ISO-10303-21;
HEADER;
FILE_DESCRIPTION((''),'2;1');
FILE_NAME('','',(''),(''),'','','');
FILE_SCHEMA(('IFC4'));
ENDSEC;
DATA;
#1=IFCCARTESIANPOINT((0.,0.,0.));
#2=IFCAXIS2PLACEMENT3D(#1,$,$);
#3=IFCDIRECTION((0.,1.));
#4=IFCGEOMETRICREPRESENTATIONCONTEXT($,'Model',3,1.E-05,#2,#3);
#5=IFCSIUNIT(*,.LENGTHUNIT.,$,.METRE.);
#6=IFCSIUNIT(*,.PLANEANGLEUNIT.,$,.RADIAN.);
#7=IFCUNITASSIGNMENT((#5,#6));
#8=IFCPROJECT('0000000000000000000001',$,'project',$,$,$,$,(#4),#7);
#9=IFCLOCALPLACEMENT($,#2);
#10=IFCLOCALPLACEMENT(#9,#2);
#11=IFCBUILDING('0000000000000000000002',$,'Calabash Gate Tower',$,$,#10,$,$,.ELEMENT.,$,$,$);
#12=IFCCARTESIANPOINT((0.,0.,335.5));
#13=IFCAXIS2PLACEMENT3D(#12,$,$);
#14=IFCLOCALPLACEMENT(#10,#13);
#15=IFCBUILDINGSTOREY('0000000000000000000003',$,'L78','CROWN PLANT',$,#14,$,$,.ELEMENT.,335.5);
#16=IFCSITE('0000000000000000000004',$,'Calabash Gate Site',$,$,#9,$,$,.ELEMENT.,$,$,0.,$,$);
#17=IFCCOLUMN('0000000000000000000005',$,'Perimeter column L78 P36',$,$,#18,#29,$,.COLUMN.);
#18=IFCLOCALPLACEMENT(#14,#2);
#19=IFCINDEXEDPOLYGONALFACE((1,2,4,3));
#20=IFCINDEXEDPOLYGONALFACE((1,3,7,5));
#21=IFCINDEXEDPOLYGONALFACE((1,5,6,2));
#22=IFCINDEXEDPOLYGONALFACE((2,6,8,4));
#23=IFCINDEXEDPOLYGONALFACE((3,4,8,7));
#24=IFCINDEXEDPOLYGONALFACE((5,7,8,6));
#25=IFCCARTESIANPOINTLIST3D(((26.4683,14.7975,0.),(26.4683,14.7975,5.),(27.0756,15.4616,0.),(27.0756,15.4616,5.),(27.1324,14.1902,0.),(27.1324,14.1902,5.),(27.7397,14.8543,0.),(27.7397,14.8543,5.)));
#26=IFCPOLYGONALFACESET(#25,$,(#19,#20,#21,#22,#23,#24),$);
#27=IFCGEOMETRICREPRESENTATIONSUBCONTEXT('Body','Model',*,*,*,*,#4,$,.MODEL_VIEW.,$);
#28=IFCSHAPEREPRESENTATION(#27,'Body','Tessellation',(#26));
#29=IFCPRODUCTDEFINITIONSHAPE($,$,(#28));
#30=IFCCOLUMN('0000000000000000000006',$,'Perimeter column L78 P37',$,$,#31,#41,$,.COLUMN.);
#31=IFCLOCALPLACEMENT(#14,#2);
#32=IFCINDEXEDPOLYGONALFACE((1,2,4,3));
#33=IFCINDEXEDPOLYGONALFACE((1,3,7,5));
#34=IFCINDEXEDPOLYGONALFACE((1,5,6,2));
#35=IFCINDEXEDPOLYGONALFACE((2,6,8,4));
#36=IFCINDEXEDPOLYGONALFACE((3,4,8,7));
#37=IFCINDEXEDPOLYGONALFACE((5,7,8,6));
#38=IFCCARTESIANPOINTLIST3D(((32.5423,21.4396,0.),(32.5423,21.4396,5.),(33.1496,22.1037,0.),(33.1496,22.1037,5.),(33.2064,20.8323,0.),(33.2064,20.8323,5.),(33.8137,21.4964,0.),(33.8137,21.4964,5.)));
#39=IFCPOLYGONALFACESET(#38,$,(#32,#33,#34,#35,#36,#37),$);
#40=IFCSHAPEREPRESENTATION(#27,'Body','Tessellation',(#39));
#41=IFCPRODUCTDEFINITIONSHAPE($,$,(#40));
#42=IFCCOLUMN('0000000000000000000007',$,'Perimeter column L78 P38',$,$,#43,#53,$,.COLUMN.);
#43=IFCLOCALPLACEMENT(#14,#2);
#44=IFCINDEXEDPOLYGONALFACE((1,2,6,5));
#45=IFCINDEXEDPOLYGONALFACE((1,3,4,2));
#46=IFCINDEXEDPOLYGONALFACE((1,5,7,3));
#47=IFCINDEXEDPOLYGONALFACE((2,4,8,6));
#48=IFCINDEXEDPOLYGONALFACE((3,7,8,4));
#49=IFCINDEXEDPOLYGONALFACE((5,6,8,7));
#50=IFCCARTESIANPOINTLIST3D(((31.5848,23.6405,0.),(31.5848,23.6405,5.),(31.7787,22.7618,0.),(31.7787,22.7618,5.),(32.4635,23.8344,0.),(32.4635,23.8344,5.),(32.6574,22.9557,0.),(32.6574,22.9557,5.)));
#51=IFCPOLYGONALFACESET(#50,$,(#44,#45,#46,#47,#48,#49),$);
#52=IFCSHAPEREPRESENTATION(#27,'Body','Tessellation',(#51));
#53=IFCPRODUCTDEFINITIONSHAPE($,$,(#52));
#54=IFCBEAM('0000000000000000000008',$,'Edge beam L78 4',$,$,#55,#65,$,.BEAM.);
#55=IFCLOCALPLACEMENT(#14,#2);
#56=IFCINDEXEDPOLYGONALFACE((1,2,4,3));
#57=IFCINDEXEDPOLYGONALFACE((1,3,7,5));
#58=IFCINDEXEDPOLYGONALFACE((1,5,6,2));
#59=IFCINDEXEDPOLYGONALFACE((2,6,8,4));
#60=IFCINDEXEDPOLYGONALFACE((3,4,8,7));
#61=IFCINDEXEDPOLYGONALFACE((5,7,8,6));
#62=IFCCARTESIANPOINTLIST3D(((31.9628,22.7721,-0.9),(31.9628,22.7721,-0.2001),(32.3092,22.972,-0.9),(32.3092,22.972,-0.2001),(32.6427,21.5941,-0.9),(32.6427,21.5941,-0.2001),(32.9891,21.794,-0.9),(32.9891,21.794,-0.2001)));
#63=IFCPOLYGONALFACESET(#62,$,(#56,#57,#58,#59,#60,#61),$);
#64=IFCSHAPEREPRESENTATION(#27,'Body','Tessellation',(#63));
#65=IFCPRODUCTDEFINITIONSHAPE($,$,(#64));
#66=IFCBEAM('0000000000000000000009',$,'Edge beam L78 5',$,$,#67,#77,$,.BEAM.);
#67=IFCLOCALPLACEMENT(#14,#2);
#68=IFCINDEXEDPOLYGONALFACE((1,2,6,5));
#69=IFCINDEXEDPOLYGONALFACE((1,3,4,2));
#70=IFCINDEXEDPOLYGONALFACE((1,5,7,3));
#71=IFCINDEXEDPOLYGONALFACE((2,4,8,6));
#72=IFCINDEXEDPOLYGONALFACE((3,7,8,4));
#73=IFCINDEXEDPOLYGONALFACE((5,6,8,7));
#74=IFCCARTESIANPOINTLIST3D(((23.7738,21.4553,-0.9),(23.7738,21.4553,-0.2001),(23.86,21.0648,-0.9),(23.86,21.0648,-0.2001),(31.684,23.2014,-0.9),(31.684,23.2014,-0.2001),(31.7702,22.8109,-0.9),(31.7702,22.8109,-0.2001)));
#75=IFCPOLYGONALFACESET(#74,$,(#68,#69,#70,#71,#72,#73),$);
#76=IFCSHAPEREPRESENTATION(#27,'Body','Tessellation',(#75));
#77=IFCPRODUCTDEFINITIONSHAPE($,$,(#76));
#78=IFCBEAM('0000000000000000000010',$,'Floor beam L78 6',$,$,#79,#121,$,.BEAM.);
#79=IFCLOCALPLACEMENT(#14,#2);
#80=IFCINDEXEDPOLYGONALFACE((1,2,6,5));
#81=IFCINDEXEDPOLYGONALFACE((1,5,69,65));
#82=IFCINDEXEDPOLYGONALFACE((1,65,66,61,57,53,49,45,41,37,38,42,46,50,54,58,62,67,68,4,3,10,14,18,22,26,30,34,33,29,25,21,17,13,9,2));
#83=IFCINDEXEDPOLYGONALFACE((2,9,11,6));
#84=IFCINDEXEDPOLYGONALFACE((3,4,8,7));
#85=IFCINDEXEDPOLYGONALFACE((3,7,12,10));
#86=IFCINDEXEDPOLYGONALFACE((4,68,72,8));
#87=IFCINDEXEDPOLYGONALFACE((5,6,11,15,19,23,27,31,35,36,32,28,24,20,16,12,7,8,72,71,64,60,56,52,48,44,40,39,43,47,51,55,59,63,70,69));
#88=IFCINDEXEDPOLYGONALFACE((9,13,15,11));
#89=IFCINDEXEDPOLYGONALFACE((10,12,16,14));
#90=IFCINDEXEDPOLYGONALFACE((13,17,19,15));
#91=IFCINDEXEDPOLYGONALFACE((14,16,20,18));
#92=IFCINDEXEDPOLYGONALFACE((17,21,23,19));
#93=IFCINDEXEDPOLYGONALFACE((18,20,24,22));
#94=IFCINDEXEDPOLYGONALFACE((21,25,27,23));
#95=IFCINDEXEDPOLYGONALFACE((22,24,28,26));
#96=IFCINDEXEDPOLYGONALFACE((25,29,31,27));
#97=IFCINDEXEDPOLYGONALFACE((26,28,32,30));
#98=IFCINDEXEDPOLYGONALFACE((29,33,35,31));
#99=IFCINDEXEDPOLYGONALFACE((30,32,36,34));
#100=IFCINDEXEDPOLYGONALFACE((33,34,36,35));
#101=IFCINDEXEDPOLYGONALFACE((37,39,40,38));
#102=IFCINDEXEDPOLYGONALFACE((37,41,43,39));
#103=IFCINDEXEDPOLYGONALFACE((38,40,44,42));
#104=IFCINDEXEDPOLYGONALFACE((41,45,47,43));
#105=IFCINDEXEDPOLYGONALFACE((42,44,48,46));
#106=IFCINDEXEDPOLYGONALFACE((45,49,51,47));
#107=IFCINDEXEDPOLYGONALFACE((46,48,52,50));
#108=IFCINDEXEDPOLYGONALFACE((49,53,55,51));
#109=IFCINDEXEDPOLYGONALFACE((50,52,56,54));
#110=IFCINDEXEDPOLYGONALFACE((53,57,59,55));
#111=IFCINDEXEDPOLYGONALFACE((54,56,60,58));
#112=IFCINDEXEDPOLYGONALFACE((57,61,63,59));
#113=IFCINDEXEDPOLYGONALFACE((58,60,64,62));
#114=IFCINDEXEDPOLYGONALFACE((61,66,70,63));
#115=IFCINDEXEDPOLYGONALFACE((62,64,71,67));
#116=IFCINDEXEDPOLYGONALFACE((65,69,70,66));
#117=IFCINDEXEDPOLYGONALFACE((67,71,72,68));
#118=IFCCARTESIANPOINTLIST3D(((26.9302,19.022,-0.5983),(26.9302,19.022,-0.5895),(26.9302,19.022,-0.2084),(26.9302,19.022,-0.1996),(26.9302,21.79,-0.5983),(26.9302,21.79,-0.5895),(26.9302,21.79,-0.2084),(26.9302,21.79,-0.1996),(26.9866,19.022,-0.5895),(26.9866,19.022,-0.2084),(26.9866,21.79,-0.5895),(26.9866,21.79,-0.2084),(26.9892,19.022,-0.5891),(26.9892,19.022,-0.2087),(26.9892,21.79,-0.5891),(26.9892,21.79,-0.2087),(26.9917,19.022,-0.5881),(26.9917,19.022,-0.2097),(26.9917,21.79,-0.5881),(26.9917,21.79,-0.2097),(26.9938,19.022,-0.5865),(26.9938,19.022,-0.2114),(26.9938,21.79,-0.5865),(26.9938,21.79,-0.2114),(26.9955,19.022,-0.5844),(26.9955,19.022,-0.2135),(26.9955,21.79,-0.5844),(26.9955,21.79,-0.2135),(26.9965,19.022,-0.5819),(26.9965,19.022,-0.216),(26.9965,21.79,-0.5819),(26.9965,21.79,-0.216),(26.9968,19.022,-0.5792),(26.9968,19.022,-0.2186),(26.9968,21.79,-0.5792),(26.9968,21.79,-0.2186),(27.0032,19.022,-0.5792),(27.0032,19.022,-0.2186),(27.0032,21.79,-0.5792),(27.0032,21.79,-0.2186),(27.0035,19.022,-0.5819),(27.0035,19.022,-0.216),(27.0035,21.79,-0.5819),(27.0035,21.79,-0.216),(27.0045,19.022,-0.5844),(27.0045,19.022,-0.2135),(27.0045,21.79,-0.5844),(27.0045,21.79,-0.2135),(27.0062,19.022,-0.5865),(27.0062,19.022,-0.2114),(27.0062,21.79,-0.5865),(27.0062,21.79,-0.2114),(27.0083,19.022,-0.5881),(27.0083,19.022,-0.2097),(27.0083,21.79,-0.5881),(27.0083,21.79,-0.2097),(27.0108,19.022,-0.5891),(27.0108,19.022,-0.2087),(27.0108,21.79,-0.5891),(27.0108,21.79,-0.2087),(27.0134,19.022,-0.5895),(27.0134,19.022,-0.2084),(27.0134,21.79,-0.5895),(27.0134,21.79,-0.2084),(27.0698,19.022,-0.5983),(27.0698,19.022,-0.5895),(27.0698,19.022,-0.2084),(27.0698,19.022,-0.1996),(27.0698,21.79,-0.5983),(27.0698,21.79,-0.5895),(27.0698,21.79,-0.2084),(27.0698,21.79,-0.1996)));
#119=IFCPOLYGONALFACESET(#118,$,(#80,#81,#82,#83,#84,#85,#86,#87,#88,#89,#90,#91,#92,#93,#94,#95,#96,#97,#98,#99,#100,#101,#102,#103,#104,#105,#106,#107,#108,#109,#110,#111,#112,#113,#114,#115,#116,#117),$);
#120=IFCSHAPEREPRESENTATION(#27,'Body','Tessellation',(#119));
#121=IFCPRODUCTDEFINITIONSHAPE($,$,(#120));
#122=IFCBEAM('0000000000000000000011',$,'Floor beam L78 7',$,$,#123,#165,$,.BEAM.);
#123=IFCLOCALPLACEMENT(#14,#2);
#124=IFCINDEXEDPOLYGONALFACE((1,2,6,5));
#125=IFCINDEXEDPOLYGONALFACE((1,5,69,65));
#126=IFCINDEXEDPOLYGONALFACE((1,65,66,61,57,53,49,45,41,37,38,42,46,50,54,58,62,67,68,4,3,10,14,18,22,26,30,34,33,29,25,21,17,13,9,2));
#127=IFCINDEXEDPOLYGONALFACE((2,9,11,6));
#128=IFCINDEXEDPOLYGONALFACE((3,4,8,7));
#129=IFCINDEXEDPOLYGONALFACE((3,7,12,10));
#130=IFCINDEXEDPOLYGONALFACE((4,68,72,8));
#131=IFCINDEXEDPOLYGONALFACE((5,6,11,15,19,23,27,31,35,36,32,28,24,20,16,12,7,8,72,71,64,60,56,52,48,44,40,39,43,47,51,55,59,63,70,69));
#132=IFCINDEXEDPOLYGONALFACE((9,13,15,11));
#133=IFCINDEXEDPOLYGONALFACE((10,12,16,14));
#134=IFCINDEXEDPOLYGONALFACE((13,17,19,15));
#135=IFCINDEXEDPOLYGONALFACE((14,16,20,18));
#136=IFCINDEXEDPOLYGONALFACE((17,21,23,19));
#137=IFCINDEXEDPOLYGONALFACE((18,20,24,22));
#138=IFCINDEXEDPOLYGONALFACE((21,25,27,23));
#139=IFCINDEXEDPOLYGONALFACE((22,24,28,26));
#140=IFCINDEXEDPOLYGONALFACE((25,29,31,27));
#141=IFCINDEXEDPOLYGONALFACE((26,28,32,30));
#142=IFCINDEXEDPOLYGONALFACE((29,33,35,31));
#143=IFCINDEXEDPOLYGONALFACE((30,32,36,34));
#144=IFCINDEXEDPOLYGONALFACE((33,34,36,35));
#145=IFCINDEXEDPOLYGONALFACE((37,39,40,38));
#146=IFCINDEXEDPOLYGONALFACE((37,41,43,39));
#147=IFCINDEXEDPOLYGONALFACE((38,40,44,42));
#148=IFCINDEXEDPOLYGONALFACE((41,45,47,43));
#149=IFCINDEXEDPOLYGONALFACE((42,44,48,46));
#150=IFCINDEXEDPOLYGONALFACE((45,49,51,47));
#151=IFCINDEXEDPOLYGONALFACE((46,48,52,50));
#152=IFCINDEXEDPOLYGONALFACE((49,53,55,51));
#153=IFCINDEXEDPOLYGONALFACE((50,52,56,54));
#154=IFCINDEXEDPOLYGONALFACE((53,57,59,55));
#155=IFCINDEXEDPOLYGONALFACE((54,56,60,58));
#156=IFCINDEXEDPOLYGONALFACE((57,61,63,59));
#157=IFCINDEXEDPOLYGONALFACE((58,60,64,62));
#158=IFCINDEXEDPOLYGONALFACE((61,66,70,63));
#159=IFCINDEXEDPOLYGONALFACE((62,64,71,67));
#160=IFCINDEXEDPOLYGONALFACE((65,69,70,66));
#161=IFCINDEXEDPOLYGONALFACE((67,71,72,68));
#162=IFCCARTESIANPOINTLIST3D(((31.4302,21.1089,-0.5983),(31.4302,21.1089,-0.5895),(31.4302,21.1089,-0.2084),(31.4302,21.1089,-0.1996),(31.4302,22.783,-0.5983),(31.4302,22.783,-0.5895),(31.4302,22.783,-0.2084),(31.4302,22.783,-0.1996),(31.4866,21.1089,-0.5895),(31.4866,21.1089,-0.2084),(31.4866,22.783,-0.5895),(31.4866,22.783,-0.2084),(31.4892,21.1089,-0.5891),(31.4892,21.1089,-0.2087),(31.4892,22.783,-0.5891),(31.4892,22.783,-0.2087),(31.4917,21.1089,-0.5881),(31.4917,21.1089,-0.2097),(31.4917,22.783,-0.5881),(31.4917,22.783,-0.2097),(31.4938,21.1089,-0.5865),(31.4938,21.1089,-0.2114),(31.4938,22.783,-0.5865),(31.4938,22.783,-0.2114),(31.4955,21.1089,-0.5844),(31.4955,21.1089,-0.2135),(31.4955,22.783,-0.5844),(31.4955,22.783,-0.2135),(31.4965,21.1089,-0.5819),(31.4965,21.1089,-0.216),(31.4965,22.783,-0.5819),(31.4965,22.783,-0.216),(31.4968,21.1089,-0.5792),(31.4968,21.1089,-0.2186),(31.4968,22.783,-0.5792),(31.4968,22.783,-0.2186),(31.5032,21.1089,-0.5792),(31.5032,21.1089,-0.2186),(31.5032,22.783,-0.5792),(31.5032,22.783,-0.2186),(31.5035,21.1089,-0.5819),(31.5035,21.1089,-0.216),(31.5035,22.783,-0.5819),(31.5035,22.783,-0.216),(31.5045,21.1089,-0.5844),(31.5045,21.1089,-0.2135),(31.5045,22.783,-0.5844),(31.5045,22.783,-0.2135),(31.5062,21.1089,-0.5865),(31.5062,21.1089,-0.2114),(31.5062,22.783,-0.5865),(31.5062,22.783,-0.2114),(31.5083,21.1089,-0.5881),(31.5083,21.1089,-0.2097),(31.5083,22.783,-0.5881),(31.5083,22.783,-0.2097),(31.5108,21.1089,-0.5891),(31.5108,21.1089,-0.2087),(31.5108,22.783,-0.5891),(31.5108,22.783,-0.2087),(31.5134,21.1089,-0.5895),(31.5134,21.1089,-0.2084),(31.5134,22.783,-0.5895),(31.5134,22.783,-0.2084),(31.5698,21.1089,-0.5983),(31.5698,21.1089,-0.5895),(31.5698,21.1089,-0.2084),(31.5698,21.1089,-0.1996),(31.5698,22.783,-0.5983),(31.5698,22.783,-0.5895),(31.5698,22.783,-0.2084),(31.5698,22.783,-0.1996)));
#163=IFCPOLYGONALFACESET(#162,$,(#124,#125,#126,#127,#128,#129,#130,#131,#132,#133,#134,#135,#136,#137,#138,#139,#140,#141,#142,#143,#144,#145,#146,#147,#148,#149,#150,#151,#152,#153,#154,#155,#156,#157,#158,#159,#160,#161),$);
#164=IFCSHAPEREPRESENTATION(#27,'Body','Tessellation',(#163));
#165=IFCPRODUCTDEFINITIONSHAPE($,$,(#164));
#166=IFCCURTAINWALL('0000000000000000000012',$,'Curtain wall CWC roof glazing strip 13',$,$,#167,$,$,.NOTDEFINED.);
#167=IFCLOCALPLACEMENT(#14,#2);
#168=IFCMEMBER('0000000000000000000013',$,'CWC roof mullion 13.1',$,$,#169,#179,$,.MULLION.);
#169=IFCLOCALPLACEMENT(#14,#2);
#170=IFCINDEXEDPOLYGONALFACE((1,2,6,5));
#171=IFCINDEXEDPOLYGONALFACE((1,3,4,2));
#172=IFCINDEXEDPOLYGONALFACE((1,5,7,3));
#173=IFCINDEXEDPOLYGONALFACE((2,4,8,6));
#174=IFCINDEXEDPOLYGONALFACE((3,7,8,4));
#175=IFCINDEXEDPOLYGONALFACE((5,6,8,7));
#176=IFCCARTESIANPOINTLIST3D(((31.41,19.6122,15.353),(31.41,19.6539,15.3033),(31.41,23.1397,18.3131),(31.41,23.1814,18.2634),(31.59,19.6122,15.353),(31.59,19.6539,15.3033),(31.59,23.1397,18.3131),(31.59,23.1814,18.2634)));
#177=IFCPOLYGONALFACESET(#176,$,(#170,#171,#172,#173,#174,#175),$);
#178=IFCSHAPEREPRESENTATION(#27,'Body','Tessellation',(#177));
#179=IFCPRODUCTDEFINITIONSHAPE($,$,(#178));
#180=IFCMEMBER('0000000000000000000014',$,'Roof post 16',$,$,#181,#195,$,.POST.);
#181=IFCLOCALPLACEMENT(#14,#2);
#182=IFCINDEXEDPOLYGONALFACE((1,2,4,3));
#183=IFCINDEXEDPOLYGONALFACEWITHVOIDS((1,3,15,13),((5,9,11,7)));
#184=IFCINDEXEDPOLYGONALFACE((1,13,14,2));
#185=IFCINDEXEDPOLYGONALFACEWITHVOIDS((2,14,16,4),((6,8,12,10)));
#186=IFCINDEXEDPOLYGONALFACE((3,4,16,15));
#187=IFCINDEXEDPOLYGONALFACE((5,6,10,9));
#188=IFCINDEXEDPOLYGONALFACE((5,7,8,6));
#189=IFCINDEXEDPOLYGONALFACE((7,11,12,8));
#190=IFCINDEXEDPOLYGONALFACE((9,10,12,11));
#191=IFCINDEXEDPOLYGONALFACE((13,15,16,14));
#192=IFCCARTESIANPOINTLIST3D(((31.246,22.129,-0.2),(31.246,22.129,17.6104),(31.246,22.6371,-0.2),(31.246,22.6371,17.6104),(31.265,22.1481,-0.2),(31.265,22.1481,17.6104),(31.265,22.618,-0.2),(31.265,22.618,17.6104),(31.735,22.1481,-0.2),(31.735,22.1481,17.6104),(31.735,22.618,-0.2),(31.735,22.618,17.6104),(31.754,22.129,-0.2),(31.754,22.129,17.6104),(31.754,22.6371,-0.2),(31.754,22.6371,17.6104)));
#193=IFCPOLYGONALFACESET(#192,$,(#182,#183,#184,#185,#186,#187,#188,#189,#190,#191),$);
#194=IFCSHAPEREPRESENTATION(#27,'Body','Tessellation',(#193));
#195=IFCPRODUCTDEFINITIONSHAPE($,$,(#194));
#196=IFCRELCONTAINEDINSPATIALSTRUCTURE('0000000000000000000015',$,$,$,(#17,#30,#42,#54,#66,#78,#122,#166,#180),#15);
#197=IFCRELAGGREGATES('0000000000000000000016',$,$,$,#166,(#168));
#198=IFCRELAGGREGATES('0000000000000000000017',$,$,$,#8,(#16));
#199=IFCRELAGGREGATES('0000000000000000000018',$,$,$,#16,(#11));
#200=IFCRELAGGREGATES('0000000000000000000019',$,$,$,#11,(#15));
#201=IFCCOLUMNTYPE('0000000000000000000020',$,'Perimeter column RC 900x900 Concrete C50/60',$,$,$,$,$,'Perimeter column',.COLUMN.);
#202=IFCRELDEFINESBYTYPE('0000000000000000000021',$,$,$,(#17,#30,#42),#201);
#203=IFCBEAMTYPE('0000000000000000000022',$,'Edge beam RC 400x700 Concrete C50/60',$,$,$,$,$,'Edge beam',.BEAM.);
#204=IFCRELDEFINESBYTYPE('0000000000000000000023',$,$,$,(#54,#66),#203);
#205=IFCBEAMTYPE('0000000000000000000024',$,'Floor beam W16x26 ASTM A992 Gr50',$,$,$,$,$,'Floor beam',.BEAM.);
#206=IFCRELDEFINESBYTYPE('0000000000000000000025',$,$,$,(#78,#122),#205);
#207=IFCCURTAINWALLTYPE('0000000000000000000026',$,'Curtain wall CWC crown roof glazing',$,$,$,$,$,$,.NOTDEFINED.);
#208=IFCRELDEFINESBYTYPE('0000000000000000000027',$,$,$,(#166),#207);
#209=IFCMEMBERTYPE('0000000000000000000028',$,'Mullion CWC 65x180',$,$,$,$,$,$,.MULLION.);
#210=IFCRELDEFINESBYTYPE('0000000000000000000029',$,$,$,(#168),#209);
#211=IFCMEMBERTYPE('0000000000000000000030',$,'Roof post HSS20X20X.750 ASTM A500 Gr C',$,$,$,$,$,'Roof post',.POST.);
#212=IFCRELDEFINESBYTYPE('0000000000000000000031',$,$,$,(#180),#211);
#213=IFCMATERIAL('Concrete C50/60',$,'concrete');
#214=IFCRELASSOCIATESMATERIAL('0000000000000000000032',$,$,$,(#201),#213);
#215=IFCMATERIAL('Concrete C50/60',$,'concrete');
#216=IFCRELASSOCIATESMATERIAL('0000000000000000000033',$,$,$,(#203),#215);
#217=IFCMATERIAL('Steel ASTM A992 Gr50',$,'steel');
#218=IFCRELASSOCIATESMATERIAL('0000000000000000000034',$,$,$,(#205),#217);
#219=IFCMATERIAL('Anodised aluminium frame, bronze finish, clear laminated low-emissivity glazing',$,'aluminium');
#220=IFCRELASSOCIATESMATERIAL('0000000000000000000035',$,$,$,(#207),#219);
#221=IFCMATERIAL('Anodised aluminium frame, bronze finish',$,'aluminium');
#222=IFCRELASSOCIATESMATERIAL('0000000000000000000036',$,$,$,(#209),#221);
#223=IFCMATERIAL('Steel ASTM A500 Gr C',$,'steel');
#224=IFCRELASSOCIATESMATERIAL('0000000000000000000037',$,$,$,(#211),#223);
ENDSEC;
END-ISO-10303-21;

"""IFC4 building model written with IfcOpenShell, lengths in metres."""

from ifc_helpers import new_model, si_unit, direction, frame, origin, origin_2d, place, context, subcontext, project, spatial, rectangle, hollow_rectangle, i_section, extrude, material, material_profile, profile_set, type_object, element, aggregate, save


model = new_model("IFC4")

# Units and contexts
model_context = context("Model", 3, precision=1e-05, world=origin(), true_north=direction((0.0, 1.0)))
body_context = subcontext(model_context, "Body", "Model", "MODEL_VIEW")
ifc_project = project(units=[si_unit("LENGTHUNIT", "METRE"), si_unit("PLANEANGLEUNIT", "RADIAN")], contexts=[model_context])

# Site, building, storey
site_placement = place(None, origin())
site = spatial("IfcSite", under=ifc_project, at=site_placement, Name="Calabash Gate Site", CompositionType="ELEMENT", RefElevation=0.0)
building_placement = place(site_placement, origin())
building = spatial("IfcBuilding", under=site, at=building_placement, Name="Calabash Gate Tower", CompositionType="ELEMENT")
storey_placement = place(building_placement, frame((0.0, 0.0, 335.5)))
storey = spatial("IfcBuildingStorey", under=building, at=storey_placement, Name="L78", Description="CROWN PLANT", CompositionType="ELEMENT", Elevation=335.5)

# Columns
ifc_material_1 = material(Name="Concrete C50/60", Category="concrete")
ifc_material_profile_1 = material_profile(ifc_material_1, rectangle(XDim=0.8999, YDim=0.8999, at=origin_2d()))
ifc_profile_set_1 = profile_set([ifc_material_profile_1], Name="Concrete C50/60")
column_type = type_object("IfcColumnType", Name="Perimeter column RC 900x900 Concrete C50/60", ElementType="Perimeter column", PredefinedType="COLUMN", material=ifc_profile_set_1)
for number, where, z_axis, x_axis, name in (
    (1, (27.104, 14.8259, 0.0), (0.0, 0.0, 1.0), (0.674856, 0.737949, 0.0), "Perimeter column L78 P36"),
    (2, (33.178, 21.468, 0.0), (0.0, 0.0, 1.0), (0.674856, 0.737949, 0.0), "Perimeter column L78 P37"),
    (3, (32.1211, 23.2981, 0.0), (0.0, 0.0, 1.0), (-0.976511, -0.215468, 0.0), "Perimeter column L78 P38"),
):
    element("IfcColumn", number, at=place(storey_placement, frame(where, z_axis=z_axis, x_axis=x_axis)), inside=storey, type_object=column_type, Name=name, PredefinedType="COLUMN", context=body_context, shape_type="SweptSolid", body=[
        extrude(rectangle(XDim=0.8999, YDim=0.8999, at=origin_2d()), origin(), (0.0, 0.0, 1.0), 5.0),
    ])

# Beams
ifc_material_2 = material(Name="Concrete C50/60", Category="concrete")
ifc_material_profile_2 = material_profile(ifc_material_2, rectangle(XDim=0.3999, YDim=0.7, at=origin_2d()))
ifc_profile_set_2 = profile_set([ifc_material_profile_2], Name="Concrete C50/60")
beam_type_1 = type_object("IfcBeamType", Name="Edge beam RC 400x700 Concrete C50/60", ElementType="Edge beam", PredefinedType="BEAM", material=ifc_profile_set_2)
beam_1_placement = place(storey_placement, frame((32.8159, 21.6941, -0.55), z_axis=(-0.499904, 0.866081, 0.0), x_axis=(-0.866081, -0.499904, 0.0)))
element("IfcBeam", 4, at=beam_1_placement, inside=storey, type_object=beam_type_1, Name="Edge beam L78 4", PredefinedType="BEAM", context=body_context, shape_type="SweptSolid", body=[
    extrude(rectangle(XDim=0.3999, YDim=0.7, at=origin_2d()), origin(), (0.0, 0.0, 1.0), 1.3601),
])
beam_2_placement = place(storey_placement, frame((31.7271, 23.0061, -0.55), z_axis=(-0.976492, -0.215552, 0.0), x_axis=(0.215552, -0.976492, 0.0)))
element("IfcBeam", 5, at=beam_2_placement, inside=storey, type_object=beam_type_1, Name="Edge beam L78 5", PredefinedType="BEAM", context=body_context, shape_type="SweptSolid", body=[
    extrude(rectangle(XDim=0.3999, YDim=0.7, at=origin_2d()), origin(), (0.0, 0.0, 1.0), 8.1006),
])
ifc_material_3 = material(Name="Steel ASTM A992 Gr50", Category="steel")
ifc_material_profile_3 = material_profile(ifc_material_3, i_section(OverallWidth=0.1396, OverallDepth=0.3987, WebThickness=0.0063, FlangeThickness=0.0088, FilletRadius=0.0103, at=origin_2d()))
ifc_profile_set_3 = profile_set([ifc_material_profile_3], Name="Steel ASTM A992 Gr50")
beam_type_2 = type_object("IfcBeamType", Name="Floor beam W16x26 ASTM A992 Gr50", ElementType="Floor beam", PredefinedType="BEAM", material=ifc_profile_set_3)
beam_3_placement = place(storey_placement, frame((27.0, 19.022, -0.3989), z_axis=(0.0, 1.0, 0.0), x_axis=(-1.0, 0.0, 0.0)))
element("IfcBeam", 6, at=beam_3_placement, inside=storey, type_object=beam_type_2, Name="Floor beam L78 6", PredefinedType="BEAM", context=body_context, shape_type="SweptSolid", body=[
    extrude(i_section(OverallWidth=0.1396, OverallDepth=0.3987, WebThickness=0.0063, FlangeThickness=0.0088, FilletRadius=0.0103, at=origin_2d()), origin(), (0.0, 0.0, 1.0), 2.7681),
])
beam_4_placement = place(storey_placement, frame((31.5, 21.1089, -0.3989), z_axis=(0.0, 1.0, 0.0), x_axis=(-1.0, 0.0, 0.0)))
element("IfcBeam", 7, at=beam_4_placement, inside=storey, type_object=beam_type_2, Name="Floor beam L78 7", PredefinedType="BEAM", context=body_context, shape_type="SweptSolid", body=[
    extrude(i_section(OverallWidth=0.1396, OverallDepth=0.3987, WebThickness=0.0063, FlangeThickness=0.0088, FilletRadius=0.0103, at=origin_2d()), origin(), (0.0, 0.0, 1.0), 1.6741),
])

# Curtain wall, member
ifc_material_4 = material(Name="Anodised aluminium frame, bronze finish, clear laminated low-emissivity glazing", Category="aluminium")
curtain_wall_type = type_object("IfcCurtainWallType", Name="Curtain wall CWC crown roof glazing", PredefinedType="NOTDEFINED", material=ifc_material_4)
curtain_wall_1_placement = place(storey_placement, origin())
curtain_wall_1 = element("IfcCurtainWall", 8, at=curtain_wall_1_placement, inside=storey, type_object=curtain_wall_type, Name="Curtain wall CWC roof glazing strip 13", PredefinedType="NOTDEFINED")
ifc_material_5 = material(Name="Anodised aluminium frame, bronze finish", Category="aluminium")
ifc_material_profile_4 = material_profile(ifc_material_5, rectangle(XDim=0.1799, YDim=0.0649, at=origin_2d()))
ifc_profile_set_4 = profile_set([ifc_material_profile_4], Name="Anodised aluminium frame, bronze finish")
member_type_1 = type_object("IfcMemberType", Name="Mullion CWC 65x180", PredefinedType="MULLION", material=ifc_profile_set_4)
member_1_placement = place(storey_placement, frame((31.5, 19.6331, 15.3281), z_axis=(0.0, 0.766022, 0.642814), x_axis=(-1.0, 0.0, 0.0)))
member_1 = element("IfcMember", 9, at=member_1_placement, type_object=member_type_1, Name="CWC roof mullion 13.1", PredefinedType="MULLION", context=body_context, shape_type="SweptSolid", body=[
    extrude(rectangle(XDim=0.1799, YDim=0.0649, at=origin_2d()), origin(), (0.0, 0.0, 1.0), 4.605),
])

# Member
ifc_material_6 = material(Name="Steel ASTM A500 Gr C", Category="steel")
ifc_material_profile_5 = material_profile(ifc_material_6, hollow_rectangle(XDim=0.5081, YDim=0.5081, WallThickness=0.019, at=origin_2d()))
ifc_profile_set_5 = profile_set([ifc_material_profile_5], Name="Steel ASTM A500 Gr C")
member_type_2 = type_object("IfcMemberType", Name="Roof post HSS20X20X.750 ASTM A500 Gr C", ElementType="Roof post", PredefinedType="POST", material=ifc_profile_set_5)
member_2_placement = place(storey_placement, frame((31.5, 22.3831, -0.2), z_axis=(0.0, 0.0, 1.0), x_axis=(1.0, 0.0, 0.0)))
element("IfcMember", 10, at=member_2_placement, inside=storey, type_object=member_type_2, Name="Roof post 16", PredefinedType="POST", context=body_context, shape_type="SweptSolid", body=[
    extrude(hollow_rectangle(XDim=0.5081, YDim=0.5081, WallThickness=0.019, at=origin_2d()), origin(), (0.0, 0.0, 1.0), 17.8103),
])

aggregate(curtain_wall_1, [member_1])

save(model, "model.ifc")
